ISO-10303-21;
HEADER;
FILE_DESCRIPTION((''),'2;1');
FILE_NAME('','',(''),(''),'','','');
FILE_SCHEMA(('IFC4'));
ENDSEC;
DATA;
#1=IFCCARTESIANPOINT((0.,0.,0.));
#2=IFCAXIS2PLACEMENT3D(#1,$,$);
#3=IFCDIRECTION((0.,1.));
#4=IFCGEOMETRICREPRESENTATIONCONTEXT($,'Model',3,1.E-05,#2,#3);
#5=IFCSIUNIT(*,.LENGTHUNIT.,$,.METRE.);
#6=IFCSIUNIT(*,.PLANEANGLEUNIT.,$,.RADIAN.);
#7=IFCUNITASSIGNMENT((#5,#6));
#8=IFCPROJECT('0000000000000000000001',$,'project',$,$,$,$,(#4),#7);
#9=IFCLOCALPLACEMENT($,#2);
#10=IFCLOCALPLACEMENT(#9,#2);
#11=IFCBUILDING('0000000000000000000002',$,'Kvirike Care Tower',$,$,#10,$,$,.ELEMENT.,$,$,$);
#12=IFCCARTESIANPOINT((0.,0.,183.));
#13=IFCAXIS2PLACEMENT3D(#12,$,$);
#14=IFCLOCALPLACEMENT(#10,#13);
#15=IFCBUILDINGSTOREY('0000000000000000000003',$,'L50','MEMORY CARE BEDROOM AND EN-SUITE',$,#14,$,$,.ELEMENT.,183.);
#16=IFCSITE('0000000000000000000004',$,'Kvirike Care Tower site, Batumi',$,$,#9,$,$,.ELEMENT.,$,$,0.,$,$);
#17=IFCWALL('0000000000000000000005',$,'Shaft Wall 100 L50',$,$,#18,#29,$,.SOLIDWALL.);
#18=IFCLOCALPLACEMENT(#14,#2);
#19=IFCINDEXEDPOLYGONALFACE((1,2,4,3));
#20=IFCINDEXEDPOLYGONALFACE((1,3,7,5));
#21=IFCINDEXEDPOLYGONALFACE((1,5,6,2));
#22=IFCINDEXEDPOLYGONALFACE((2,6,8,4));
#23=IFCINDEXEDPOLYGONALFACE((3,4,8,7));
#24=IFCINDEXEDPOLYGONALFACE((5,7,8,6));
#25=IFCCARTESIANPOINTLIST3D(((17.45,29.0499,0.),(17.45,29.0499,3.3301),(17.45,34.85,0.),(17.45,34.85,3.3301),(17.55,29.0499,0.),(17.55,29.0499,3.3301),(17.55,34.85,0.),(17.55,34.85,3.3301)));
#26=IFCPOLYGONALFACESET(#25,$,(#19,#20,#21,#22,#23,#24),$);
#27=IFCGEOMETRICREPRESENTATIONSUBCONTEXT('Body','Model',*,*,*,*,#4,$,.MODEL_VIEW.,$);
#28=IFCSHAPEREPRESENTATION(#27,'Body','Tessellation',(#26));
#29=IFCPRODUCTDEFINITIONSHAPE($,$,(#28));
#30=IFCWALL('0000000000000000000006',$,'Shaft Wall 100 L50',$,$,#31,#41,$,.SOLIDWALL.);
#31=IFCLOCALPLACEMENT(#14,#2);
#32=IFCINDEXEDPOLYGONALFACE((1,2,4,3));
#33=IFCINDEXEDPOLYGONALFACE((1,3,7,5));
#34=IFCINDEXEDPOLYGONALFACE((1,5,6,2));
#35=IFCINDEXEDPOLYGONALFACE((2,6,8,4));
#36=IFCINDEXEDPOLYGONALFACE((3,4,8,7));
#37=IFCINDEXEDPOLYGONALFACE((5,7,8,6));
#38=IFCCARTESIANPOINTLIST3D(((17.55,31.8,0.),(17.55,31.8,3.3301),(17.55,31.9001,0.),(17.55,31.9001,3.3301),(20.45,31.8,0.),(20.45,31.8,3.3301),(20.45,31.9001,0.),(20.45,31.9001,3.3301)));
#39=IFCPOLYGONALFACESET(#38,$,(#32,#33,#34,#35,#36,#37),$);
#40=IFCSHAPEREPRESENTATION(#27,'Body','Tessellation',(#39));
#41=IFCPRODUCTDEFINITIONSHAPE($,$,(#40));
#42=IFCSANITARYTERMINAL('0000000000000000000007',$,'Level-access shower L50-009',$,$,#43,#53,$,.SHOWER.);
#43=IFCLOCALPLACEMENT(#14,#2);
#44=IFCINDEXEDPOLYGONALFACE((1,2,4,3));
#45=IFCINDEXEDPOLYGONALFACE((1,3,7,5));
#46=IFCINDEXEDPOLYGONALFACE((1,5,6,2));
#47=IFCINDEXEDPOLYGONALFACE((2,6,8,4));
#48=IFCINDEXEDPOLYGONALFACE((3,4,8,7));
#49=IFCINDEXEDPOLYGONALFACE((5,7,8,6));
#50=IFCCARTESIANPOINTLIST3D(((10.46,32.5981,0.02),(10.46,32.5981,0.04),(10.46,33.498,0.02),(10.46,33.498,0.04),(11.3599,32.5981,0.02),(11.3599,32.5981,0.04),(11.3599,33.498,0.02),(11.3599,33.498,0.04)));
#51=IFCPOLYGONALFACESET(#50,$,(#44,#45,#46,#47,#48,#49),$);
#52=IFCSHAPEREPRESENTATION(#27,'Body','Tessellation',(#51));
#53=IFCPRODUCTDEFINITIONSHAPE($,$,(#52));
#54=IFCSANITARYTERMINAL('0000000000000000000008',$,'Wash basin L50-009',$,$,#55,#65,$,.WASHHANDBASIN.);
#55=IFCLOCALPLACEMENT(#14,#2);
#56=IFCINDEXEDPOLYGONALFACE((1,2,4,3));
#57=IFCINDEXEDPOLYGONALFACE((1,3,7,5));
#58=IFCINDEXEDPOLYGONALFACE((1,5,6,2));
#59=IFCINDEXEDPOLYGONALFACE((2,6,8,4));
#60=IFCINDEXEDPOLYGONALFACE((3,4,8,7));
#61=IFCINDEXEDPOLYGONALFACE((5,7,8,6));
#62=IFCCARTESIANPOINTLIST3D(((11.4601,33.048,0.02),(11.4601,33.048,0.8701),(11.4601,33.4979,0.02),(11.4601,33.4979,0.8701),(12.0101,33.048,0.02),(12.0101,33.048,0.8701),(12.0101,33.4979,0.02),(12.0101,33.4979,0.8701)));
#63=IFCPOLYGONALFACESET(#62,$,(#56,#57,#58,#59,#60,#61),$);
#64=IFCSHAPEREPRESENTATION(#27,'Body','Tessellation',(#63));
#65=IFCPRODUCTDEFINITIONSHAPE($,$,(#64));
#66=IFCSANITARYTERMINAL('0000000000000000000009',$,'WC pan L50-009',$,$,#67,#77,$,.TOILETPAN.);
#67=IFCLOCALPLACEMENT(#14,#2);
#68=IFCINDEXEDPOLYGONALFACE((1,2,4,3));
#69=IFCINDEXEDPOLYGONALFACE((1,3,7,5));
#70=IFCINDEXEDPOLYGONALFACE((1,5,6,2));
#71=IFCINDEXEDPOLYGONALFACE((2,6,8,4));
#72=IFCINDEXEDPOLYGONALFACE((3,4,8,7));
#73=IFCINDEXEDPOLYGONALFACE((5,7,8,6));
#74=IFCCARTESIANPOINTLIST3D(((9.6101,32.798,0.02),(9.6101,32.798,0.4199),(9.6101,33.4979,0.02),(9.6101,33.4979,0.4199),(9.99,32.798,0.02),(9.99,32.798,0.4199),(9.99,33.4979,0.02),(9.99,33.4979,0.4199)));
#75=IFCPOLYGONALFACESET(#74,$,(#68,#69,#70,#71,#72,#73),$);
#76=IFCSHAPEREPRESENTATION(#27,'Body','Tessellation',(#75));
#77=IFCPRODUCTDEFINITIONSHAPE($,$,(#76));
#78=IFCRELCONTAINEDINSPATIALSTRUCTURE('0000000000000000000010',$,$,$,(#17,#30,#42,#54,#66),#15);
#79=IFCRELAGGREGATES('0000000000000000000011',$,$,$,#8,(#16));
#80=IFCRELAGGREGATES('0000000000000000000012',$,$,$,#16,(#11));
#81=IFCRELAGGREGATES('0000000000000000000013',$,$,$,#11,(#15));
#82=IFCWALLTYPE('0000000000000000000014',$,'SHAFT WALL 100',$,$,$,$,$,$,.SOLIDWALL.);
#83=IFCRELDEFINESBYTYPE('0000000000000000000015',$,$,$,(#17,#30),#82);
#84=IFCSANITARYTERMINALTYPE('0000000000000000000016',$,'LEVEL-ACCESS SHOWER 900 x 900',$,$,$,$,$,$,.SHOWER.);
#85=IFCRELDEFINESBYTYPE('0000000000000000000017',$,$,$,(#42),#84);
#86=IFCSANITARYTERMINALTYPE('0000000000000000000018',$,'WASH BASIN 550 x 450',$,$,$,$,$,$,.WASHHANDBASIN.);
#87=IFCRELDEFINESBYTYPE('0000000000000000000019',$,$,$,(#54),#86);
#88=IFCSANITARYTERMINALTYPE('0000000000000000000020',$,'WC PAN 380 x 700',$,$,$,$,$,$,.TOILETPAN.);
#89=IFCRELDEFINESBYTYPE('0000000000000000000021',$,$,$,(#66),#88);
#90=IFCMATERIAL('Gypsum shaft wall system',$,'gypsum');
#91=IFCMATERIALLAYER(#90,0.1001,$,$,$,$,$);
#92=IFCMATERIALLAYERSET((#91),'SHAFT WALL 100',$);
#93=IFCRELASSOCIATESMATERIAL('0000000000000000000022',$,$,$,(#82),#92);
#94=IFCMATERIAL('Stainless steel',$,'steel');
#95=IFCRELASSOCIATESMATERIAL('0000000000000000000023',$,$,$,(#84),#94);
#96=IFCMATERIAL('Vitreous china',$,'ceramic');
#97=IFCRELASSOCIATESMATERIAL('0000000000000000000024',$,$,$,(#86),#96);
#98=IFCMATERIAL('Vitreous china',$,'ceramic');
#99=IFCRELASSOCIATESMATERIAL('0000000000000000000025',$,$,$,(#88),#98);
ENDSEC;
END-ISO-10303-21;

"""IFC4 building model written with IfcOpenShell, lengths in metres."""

from ifc_helpers import new_model, si_unit, direction, frame, frame_2d, origin, origin_2d, place, context, subcontext, project, spatial, rectangle, extrude, material, layer, layer_set, type_object, element, save


model = new_model("IFC4")

# Units and contexts
model_context = context("Model", 3, precision=1e-05, world=origin(), true_north=direction((0.0, 1.0)))
body_context = subcontext(model_context, "Body", "Model", "MODEL_VIEW")
ifc_project = project(units=[si_unit("LENGTHUNIT", "METRE"), si_unit("PLANEANGLEUNIT", "RADIAN")], contexts=[model_context])

# Site, building, storey
site_placement = place(None, origin())
site = spatial("IfcSite", under=ifc_project, at=site_placement, Name="Kvirike Care Tower site, Batumi", CompositionType="ELEMENT", RefElevation=0.0)
building_placement = place(site_placement, origin())
building = spatial("IfcBuilding", under=site, at=building_placement, Name="Kvirike Care Tower", CompositionType="ELEMENT")
storey_placement = place(building_placement, frame((0.0, 0.0, 183.0)))
storey = spatial("IfcBuildingStorey", under=building, at=storey_placement, Name="L50", Description="MEMORY CARE BEDROOM AND EN-SUITE", CompositionType="ELEMENT", Elevation=183.0)

# Walls
ifc_material_1 = material(Name="Gypsum shaft wall system", Category="gypsum")
ifc_layer_1 = layer(ifc_material_1, 0.1001)
ifc_layer_set_1 = layer_set([ifc_layer_1], Name="SHAFT WALL 100")
wall_type_1 = type_object("IfcWallType", Name="SHAFT WALL 100", PredefinedType="SOLIDWALL", material=ifc_layer_set_1)
wall_1_placement = place(storey_placement, frame((17.5, 29.05, 0.0), z_axis=(0.0, 0.0, 1.0), x_axis=(0.0, 1.0, 0.0)))
element("IfcWall", 1, at=wall_1_placement, inside=storey, type_object=wall_type_1, Name="Shaft Wall 100 L50", PredefinedType="SOLIDWALL", context=body_context, shape_type="SweptSolid", body=[
    extrude(rectangle(XDim=5.8, YDim=0.1001, at=frame_2d((2.8999, 0.0))), origin(), (0.0, 0.0, 1.0), 3.3301),
])
wall_2_placement = place(storey_placement, frame((17.55, 31.8501, 0.0), z_axis=(0.0, 0.0, 1.0), x_axis=(1.0, 0.0, 0.0)))
element("IfcWall", 2, at=wall_2_placement, inside=storey, type_object=wall_type_1, Name="Shaft Wall 100 L50", PredefinedType="SOLIDWALL", context=body_context, shape_type="SweptSolid", body=[
    extrude(rectangle(XDim=2.8999, YDim=0.1001, at=frame_2d((1.45, 0.0))), origin(), (0.0, 0.0, 1.0), 3.3301),
])

# Sanitary terminals
ifc_material_2 = material(Name="Stainless steel", Category="steel")
sanitary_terminal_type_1 = type_object("IfcSanitaryTerminalType", Name="LEVEL-ACCESS SHOWER 900 x 900", PredefinedType="SHOWER", material=ifc_material_2)
sanitary_terminal_1_placement = place(storey_placement, frame((10.9099, 33.0481, 0.02), z_axis=(0.0, 0.0, 1.0), x_axis=(1.0, 0.0, 0.0)))
element("IfcSanitaryTerminal", 3, at=sanitary_terminal_1_placement, inside=storey, type_object=sanitary_terminal_type_1, Name="Level-access shower L50-009", PredefinedType="SHOWER", context=body_context, shape_type="SweptSolid", body=[
    extrude(rectangle(XDim=0.8999, YDim=0.8999, at=origin_2d()), origin(), (0.0, 0.0, 1.0), 0.02),
])
ifc_material_3 = material(Name="Vitreous china", Category="ceramic")
sanitary_terminal_type_2 = type_object("IfcSanitaryTerminalType", Name="WASH BASIN 550 x 450", PredefinedType="WASHHANDBASIN", material=ifc_material_3)
sanitary_terminal_2_placement = place(storey_placement, frame((11.7351, 33.2729, 0.02), z_axis=(0.0, 0.0, 1.0), x_axis=(1.0, 0.0, 0.0)))
element("IfcSanitaryTerminal", 4, at=sanitary_terminal_2_placement, inside=storey, type_object=sanitary_terminal_type_2, Name="Wash basin L50-009", PredefinedType="WASHHANDBASIN", context=body_context, shape_type="SweptSolid", body=[
    extrude(rectangle(XDim=0.55, YDim=0.45, at=origin_2d()), origin(), (0.0, 0.0, 1.0), 0.8501),
])
ifc_material_4 = material(Name="Vitreous china", Category="ceramic")
sanitary_terminal_type_3 = type_object("IfcSanitaryTerminalType", Name="WC PAN 380 x 700", PredefinedType="TOILETPAN", material=ifc_material_4)
sanitary_terminal_3_placement = place(storey_placement, frame((9.8, 33.1479, 0.02), z_axis=(0.0, 0.0, 1.0), x_axis=(1.0, 0.0, 0.0)))
element("IfcSanitaryTerminal", 5, at=sanitary_terminal_3_placement, inside=storey, type_object=sanitary_terminal_type_3, Name="WC pan L50-009", PredefinedType="TOILETPAN", context=body_context, shape_type="SweptSolid", body=[
    extrude(rectangle(XDim=0.3799, YDim=0.7, at=origin_2d()), origin(), (0.0, 0.0, 1.0), 0.3999),
])

save(model, "model.ifc")
